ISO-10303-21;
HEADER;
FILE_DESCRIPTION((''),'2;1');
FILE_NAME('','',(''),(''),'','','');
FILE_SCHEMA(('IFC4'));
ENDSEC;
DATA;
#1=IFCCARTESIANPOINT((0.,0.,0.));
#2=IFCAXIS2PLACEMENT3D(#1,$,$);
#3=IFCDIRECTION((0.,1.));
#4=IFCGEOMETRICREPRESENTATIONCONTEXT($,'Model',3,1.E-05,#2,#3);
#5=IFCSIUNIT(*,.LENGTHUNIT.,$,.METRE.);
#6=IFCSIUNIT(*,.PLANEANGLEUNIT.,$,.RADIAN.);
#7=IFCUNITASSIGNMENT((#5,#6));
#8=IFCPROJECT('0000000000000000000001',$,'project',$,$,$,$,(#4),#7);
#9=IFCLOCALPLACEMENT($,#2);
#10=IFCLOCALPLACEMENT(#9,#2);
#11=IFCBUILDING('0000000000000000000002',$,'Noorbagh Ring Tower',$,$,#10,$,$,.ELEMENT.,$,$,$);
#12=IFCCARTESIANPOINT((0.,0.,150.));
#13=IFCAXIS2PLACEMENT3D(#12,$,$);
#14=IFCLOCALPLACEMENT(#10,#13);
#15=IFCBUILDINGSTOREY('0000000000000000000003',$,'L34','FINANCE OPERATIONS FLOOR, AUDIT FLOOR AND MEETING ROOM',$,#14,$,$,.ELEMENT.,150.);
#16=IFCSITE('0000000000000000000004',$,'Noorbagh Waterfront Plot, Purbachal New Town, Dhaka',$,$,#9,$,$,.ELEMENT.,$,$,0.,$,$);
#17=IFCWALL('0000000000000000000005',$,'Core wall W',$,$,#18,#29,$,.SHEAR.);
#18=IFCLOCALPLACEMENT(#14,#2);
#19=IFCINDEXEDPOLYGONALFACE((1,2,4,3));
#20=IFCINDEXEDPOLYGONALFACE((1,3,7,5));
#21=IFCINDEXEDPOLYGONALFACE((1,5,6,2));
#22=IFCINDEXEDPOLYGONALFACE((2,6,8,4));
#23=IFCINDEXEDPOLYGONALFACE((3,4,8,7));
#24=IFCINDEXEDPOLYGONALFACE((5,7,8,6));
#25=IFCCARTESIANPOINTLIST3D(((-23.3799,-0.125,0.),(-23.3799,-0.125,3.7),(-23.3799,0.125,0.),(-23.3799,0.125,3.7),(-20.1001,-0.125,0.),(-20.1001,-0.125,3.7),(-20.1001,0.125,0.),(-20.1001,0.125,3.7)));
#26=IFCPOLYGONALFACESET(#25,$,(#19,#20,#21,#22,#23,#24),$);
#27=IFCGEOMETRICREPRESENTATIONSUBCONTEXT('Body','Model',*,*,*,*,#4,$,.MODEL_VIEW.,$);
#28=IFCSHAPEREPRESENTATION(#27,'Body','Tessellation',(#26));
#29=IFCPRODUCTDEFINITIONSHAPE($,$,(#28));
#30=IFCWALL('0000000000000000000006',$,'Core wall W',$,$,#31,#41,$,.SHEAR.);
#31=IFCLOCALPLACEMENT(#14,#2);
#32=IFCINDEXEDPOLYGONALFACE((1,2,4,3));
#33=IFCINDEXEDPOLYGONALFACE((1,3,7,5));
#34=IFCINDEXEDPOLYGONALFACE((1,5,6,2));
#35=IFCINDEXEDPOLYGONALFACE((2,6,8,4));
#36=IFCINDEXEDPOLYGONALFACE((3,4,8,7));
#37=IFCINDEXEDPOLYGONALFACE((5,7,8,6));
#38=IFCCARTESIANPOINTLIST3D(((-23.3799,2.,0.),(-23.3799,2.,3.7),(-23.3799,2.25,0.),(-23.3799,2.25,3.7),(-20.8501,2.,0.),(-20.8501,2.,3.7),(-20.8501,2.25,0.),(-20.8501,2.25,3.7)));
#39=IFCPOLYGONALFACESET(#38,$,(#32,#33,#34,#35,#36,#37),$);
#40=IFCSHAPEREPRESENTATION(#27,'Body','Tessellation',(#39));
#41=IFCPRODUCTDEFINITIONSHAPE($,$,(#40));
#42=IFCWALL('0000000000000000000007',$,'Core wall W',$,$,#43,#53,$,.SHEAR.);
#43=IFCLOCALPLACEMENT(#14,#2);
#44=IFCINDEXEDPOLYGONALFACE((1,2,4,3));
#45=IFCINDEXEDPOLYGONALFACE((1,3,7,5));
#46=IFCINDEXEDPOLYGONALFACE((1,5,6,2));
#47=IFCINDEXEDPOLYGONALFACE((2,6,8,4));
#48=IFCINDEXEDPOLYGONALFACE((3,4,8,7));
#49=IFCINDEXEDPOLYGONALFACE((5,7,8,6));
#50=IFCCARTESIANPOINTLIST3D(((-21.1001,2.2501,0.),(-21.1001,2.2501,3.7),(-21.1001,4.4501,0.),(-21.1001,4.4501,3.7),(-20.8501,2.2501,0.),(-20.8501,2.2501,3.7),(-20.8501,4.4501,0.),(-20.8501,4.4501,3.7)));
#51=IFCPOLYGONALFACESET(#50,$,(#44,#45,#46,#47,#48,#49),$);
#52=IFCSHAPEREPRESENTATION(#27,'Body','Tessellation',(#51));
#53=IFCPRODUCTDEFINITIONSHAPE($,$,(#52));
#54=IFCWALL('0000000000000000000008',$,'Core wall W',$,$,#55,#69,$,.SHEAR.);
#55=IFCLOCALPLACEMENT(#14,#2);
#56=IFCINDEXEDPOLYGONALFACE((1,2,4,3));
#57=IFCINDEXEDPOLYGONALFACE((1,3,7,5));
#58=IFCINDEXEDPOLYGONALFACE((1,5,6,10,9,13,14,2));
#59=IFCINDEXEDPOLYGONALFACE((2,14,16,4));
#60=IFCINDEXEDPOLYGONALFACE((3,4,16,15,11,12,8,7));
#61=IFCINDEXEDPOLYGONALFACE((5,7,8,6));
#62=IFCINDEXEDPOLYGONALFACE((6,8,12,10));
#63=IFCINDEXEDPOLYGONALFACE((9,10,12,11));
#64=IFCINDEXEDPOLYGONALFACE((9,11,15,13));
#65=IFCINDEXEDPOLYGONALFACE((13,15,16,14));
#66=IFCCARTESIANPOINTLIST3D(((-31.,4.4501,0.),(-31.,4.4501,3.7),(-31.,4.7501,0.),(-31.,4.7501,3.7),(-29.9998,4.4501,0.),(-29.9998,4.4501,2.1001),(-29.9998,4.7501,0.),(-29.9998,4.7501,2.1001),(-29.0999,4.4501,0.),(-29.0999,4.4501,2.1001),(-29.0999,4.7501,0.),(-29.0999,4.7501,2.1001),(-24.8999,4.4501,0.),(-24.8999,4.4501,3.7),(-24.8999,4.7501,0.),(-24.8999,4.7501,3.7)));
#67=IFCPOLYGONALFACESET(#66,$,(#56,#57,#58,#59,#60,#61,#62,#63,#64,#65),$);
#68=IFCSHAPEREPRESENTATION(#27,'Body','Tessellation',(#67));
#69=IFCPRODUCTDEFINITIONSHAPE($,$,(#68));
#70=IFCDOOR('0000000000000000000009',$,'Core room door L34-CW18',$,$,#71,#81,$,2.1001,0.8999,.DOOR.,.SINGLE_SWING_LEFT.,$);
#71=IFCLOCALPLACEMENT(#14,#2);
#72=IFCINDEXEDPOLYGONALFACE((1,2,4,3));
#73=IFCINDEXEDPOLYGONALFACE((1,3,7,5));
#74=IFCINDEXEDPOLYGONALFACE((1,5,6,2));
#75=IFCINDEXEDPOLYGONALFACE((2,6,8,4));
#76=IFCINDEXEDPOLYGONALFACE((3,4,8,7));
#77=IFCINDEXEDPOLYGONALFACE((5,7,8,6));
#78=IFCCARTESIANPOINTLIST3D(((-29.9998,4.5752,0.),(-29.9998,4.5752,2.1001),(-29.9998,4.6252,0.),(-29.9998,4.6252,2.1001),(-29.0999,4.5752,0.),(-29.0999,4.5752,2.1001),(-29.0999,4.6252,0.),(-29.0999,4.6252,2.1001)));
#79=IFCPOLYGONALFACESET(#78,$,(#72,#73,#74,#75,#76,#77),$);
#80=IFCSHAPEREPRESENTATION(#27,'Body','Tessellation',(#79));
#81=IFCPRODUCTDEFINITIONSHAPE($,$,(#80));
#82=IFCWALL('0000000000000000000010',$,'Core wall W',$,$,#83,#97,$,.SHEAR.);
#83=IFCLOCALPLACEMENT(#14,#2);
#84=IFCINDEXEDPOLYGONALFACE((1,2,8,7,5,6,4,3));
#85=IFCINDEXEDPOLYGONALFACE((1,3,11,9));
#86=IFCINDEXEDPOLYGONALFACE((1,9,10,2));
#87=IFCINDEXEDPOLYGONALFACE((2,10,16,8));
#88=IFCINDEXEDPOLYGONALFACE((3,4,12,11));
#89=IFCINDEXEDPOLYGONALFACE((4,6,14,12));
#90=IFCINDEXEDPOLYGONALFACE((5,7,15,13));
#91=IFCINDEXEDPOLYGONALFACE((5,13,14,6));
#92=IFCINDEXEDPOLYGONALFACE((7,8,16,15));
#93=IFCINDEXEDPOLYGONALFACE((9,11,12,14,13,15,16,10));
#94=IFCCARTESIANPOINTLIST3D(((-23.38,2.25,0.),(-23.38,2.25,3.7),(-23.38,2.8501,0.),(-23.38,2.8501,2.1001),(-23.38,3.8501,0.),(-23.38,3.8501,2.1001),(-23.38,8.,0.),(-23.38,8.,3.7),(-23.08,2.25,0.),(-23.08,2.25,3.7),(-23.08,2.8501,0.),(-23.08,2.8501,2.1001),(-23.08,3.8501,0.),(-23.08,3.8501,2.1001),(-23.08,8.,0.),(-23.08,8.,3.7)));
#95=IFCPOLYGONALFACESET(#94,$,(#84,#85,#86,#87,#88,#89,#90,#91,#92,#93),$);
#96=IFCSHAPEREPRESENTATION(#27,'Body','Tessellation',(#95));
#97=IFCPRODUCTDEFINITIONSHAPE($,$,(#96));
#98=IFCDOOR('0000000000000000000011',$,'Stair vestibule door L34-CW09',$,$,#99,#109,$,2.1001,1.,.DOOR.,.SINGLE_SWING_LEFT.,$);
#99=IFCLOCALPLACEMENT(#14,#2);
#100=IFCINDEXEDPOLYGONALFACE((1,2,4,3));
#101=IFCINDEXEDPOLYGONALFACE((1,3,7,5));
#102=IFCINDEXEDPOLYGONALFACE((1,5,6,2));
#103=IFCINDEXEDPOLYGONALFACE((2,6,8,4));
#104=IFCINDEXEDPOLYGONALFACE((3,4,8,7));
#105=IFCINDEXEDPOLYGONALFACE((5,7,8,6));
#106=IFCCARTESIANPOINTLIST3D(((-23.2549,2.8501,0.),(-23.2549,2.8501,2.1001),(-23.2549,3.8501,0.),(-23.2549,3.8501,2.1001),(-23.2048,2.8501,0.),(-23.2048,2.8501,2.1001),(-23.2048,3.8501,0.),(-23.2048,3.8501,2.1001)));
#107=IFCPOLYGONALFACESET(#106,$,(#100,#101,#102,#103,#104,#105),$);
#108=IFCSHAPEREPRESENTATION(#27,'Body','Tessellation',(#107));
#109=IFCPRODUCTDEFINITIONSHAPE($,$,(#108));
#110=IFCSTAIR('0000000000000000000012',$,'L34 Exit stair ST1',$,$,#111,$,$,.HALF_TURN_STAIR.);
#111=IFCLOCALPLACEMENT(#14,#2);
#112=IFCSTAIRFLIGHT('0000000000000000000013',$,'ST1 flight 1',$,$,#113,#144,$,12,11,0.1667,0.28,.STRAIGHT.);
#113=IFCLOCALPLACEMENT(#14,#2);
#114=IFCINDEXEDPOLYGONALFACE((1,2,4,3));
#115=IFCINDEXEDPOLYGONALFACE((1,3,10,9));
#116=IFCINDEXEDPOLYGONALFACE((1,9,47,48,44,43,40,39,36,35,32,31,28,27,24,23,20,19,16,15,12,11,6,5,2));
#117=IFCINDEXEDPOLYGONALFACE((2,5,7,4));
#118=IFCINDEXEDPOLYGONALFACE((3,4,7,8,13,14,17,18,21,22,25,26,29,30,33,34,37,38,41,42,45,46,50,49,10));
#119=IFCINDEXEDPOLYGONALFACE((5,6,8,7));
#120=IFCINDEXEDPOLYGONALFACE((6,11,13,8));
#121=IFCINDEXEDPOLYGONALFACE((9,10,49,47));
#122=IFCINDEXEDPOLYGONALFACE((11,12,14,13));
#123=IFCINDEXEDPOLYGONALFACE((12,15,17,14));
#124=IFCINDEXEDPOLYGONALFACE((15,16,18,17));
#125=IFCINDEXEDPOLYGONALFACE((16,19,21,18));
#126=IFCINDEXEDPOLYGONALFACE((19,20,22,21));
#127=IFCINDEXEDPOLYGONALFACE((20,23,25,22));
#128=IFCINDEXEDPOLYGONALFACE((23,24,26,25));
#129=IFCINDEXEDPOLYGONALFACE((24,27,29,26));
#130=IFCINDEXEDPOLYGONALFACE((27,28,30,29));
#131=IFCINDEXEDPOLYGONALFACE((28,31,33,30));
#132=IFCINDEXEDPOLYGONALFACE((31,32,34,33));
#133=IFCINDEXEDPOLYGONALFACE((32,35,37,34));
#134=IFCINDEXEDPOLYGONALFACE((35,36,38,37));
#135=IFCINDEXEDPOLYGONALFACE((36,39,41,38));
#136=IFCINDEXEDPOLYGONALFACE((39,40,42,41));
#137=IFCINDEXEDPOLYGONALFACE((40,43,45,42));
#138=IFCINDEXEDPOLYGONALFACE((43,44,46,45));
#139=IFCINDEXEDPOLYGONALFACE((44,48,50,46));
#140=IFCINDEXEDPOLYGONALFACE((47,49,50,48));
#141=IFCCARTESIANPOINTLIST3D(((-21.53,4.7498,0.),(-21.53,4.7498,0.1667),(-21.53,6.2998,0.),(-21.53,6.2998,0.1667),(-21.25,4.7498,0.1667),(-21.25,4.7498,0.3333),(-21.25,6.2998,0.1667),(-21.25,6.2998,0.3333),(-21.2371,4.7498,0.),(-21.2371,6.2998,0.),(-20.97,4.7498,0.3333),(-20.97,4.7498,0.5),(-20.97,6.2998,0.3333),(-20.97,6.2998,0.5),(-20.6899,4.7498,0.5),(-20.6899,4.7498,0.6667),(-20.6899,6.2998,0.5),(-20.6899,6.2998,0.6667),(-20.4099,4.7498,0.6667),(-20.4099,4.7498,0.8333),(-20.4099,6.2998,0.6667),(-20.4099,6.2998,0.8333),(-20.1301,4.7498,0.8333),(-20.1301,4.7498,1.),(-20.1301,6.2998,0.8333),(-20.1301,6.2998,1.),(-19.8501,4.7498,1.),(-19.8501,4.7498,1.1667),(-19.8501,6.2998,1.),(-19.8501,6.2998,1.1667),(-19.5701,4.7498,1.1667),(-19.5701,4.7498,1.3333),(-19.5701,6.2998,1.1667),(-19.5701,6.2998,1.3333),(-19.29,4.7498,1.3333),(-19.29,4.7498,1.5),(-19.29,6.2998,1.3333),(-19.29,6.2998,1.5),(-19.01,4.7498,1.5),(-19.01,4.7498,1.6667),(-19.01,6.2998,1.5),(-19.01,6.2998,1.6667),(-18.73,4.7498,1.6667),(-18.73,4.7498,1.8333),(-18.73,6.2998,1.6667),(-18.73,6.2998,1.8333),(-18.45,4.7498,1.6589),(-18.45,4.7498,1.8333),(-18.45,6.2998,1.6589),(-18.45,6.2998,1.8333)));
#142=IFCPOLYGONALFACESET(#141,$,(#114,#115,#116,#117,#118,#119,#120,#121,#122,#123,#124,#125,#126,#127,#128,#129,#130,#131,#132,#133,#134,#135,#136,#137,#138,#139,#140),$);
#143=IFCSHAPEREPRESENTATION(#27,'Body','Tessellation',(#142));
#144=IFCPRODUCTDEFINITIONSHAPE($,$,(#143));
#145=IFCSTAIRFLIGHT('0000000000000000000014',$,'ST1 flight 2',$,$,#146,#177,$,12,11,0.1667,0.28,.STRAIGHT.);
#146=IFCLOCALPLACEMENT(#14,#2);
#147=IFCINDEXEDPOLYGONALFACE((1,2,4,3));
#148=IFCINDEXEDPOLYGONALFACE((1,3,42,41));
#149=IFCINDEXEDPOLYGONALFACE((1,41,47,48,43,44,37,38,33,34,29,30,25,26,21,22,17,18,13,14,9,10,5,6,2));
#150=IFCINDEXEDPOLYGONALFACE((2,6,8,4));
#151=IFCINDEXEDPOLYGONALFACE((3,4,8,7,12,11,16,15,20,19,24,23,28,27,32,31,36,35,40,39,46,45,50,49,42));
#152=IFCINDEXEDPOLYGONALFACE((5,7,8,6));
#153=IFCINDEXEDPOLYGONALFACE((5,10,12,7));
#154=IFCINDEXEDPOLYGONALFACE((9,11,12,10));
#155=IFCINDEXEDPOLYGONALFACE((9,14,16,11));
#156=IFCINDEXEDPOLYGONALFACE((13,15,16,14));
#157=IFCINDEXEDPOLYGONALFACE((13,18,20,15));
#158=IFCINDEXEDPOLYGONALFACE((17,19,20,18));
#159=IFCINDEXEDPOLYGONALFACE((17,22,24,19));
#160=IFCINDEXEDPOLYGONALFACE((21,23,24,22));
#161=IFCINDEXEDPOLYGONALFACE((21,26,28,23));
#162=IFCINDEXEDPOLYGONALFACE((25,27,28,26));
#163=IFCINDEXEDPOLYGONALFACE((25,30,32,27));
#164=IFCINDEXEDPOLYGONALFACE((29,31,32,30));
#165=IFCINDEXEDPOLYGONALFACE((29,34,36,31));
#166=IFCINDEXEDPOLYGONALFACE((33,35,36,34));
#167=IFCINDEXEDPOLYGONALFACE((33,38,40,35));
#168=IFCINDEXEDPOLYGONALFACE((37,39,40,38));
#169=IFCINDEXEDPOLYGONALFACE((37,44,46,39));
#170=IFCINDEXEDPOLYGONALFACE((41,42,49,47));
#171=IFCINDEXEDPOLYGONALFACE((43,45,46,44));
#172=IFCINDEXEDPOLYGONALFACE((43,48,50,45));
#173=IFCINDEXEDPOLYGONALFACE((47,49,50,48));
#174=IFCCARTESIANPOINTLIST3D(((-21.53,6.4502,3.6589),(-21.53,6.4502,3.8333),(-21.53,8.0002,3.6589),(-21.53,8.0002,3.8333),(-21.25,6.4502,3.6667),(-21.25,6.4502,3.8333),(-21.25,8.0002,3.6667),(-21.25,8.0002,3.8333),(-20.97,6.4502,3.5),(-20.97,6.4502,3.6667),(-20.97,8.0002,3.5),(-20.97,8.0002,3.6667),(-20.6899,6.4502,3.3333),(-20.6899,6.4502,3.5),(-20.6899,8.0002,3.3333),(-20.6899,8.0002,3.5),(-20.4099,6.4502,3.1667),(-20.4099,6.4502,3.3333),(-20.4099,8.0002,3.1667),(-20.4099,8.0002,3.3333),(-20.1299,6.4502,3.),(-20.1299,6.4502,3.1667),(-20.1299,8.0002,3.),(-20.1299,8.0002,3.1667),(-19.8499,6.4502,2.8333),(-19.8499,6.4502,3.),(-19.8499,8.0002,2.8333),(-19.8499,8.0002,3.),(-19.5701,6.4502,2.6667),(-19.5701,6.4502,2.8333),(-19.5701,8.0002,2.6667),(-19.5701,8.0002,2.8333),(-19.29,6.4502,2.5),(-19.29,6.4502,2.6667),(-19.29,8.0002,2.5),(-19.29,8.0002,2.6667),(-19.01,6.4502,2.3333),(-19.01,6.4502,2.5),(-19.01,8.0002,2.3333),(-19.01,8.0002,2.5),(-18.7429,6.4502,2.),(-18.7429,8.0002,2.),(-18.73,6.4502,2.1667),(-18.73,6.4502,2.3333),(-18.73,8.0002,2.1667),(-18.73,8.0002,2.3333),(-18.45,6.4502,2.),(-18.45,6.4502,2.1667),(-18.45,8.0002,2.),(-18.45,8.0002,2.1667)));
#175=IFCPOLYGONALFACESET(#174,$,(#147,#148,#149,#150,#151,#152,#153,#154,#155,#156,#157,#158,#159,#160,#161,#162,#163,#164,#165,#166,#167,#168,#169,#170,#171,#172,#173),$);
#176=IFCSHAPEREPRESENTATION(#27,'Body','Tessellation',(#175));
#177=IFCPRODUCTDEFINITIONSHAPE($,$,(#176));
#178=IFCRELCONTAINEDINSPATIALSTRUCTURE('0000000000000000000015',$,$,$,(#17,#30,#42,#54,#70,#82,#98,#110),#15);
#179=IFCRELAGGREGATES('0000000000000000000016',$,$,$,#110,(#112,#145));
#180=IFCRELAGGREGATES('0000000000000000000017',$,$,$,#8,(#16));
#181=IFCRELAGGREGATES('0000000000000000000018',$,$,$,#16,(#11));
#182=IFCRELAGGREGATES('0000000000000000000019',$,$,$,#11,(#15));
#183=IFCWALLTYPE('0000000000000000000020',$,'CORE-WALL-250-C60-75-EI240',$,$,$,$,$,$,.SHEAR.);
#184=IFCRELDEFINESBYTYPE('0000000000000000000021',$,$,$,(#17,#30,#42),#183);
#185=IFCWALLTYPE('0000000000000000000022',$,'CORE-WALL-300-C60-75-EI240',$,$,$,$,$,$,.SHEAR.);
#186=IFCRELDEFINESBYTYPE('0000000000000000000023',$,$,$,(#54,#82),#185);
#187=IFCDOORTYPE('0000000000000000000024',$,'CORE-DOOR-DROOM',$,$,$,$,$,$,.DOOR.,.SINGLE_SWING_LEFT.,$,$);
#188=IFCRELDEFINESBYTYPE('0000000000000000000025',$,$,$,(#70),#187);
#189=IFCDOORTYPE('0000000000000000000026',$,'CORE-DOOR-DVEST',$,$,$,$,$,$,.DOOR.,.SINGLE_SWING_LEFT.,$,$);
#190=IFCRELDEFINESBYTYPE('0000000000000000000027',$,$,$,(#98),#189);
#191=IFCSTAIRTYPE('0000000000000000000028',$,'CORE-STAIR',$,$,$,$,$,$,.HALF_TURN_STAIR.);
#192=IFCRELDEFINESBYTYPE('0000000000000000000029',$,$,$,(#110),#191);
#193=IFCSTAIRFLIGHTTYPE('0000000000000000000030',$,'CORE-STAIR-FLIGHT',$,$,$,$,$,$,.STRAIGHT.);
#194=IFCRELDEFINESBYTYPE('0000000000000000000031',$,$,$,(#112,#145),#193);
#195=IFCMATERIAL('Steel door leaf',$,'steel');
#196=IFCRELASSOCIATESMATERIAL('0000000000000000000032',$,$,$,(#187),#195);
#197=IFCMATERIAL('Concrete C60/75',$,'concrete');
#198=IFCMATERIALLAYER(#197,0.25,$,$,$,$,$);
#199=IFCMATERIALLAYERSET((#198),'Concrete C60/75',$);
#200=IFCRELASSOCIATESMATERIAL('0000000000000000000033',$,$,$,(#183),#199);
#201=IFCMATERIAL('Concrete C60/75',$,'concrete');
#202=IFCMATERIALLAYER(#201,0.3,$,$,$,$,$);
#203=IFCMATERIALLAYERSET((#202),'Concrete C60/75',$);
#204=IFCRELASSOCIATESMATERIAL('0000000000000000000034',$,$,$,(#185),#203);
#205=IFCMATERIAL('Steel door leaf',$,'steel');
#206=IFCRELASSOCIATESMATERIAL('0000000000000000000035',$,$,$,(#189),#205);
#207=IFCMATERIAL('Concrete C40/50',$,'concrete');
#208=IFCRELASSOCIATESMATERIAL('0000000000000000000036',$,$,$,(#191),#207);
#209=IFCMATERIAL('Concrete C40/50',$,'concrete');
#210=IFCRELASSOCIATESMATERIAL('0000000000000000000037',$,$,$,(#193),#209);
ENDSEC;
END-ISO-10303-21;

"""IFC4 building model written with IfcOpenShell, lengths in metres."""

from ifc_helpers import new_model, si_unit, direction, frame, frame_2d, origin, place, context, subcontext, project, spatial, polyline, rectangle, outline, extrude, material, layer, layer_set, type_object, element, fill, aggregate, save


model = new_model("IFC4")

# Units and contexts
model_context = context("Model", 3, precision=1e-05, world=origin(), true_north=direction((0.0, 1.0)))
body_context = subcontext(model_context, "Body", "Model", "MODEL_VIEW")
ifc_project = project(units=[si_unit("LENGTHUNIT", "METRE"), si_unit("PLANEANGLEUNIT", "RADIAN")], contexts=[model_context])

# Site, building, storey
site_placement = place(None, origin())
site = spatial("IfcSite", under=ifc_project, at=site_placement, Name="Noorbagh Waterfront Plot, Purbachal New Town, Dhaka", CompositionType="ELEMENT", RefElevation=0.0)
building_placement = place(site_placement, origin())
building = spatial("IfcBuilding", under=site, at=building_placement, Name="Noorbagh Ring Tower", CompositionType="ELEMENT")
storey_placement = place(building_placement, frame((0.0, 0.0, 150.0)))
storey = spatial("IfcBuildingStorey", under=building, at=storey_placement, Name="L34", Description="FINANCE OPERATIONS FLOOR, AUDIT FLOOR AND MEETING ROOM", CompositionType="ELEMENT", Elevation=150.0)

# Shared definitions
ifc_material_1 = material(Name="Steel door leaf", Category="steel")
door_type_1 = type_object("IfcDoorType", Name="CORE-DOOR-DROOM", OperationType="SINGLE_SWING_LEFT", PredefinedType="DOOR", material=ifc_material_1)

# Walls
ifc_material_2 = material(Name="Concrete C60/75", Category="concrete")
ifc_layer_1 = layer(ifc_material_2, 0.25)
ifc_layer_set_1 = layer_set([ifc_layer_1], Name="Concrete C60/75")
wall_type_1 = type_object("IfcWallType", Name="CORE-WALL-250-C60-75-EI240", PredefinedType="SHEAR", material=ifc_layer_set_1)
wall_1_placement = place(storey_placement, frame((-20.1001, 0.0, 0.0), z_axis=(0.0, 0.0, 1.0), x_axis=(-1.0, 0.0, 0.0)))
element("IfcWall", 1, at=wall_1_placement, inside=storey, type_object=wall_type_1, Name="Core wall W", PredefinedType="SHEAR", context=body_context, shape_type="SweptSolid", body=[
    extrude(rectangle(XDim=3.2798, YDim=0.25, at=frame_2d((1.6399, 0.0))), origin(), (0.0, 0.0, 1.0), 3.7),
])
wall_2_placement = place(storey_placement, frame((-20.8501, 2.125, 0.0), z_axis=(0.0, 0.0, 1.0), x_axis=(-1.0, 0.0, 0.0)))
element("IfcWall", 2, at=wall_2_placement, inside=storey, type_object=wall_type_1, Name="Core wall W", PredefinedType="SHEAR", context=body_context, shape_type="SweptSolid", body=[
    extrude(rectangle(XDim=2.5298, YDim=0.25, at=frame_2d((1.2649, 0.0))), origin(), (0.0, 0.0, 1.0), 3.7),
])
wall_3_placement = place(storey_placement, frame((-20.9751, 2.25, 0.0), z_axis=(0.0, 0.0, 1.0), x_axis=(0.0, 1.0, 0.0)))
element("IfcWall", 3, at=wall_3_placement, inside=storey, type_object=wall_type_1, Name="Core wall W", PredefinedType="SHEAR", context=body_context, shape_type="SweptSolid", body=[
    extrude(rectangle(XDim=2.2, YDim=0.25, at=frame_2d((1.1001, 0.0))), origin(), (0.0, 0.0, 1.0), 3.7),
])

# Walls, openings, doors
ifc_material_3 = material(Name="Concrete C60/75", Category="concrete")
ifc_layer_2 = layer(ifc_material_3, 0.3)
ifc_layer_set_2 = layer_set([ifc_layer_2], Name="Concrete C60/75")
wall_type_2 = type_object("IfcWallType", Name="CORE-WALL-300-C60-75-EI240", PredefinedType="SHEAR", material=ifc_layer_set_2)
wall_4_placement = place(storey_placement, frame((-24.8999, 4.6001, 0.0), z_axis=(0.0, 0.0, 1.0), x_axis=(-1.0, 0.0, 0.0)))
wall_4 = element("IfcWall", 4, at=wall_4_placement, inside=storey, type_object=wall_type_2, Name="Core wall W", PredefinedType="SHEAR", context=body_context, shape_type="SweptSolid", body=[
    extrude(rectangle(XDim=6.1001, YDim=0.3, at=frame_2d((3.05, 0.0))), origin(), (0.0, 0.0, 1.0), 3.7),
])
opening_1_placement = place(wall_4_placement, frame((4.2, 0.0, 0.0)))
opening_1 = element("IfcOpeningElement", 5, at=opening_1_placement, cuts=wall_4, PredefinedType="OPENING", context=body_context, shape_type="SweptSolid", body=[
    extrude(rectangle(XDim=0.8999, YDim=2.1001, at=frame_2d((0.45, 1.05))), frame((0.0, 0.1602, 0.0), z_axis=(0.0, -1.0, 0.0), x_axis=(1.0, 0.0, 0.0)), (0.0, 0.0, 1.0), 0.3201),
])
door_1_placement = place(opening_1_placement, origin())
door_1 = element("IfcDoor", 6, at=door_1_placement, inside=storey, type_object=door_type_1, Name="Core room door L34-CW18", OperationType="SINGLE_SWING_LEFT", OverallHeight=2.1001, OverallWidth=0.8999, PredefinedType="DOOR", context=body_context, shape_type="SweptSolid", body=[
    extrude(rectangle(XDim=0.8999, YDim=2.1001, at=frame_2d((0.45, 1.05))), frame((0.0, 0.0249, 0.0), z_axis=(0.0, -1.0, 0.0), x_axis=(1.0, 0.0, 0.0)), (0.0, 0.0, 1.0), 0.05),
])
fill(opening_1, door_1)
wall_5_placement = place(storey_placement, frame((-23.23, 2.25, 0.0), z_axis=(0.0, 0.0, 1.0), x_axis=(0.0, 1.0, 0.0)))
wall_5 = element("IfcWall", 7, at=wall_5_placement, inside=storey, type_object=wall_type_2, Name="Core wall W", PredefinedType="SHEAR", context=body_context, shape_type="SweptSolid", body=[
    extrude(rectangle(XDim=5.75, YDim=0.3, at=frame_2d((2.875, 0.0))), origin(), (0.0, 0.0, 1.0), 3.7),
])
opening_2_placement = place(wall_5_placement, frame((0.6001, 0.0, 0.0)))
opening_2 = element("IfcOpeningElement", 8, at=opening_2_placement, cuts=wall_5, PredefinedType="OPENING", context=body_context, shape_type="SweptSolid", body=[
    extrude(rectangle(XDim=1.0, YDim=2.1001, at=frame_2d((0.5, 1.05))), frame((0.0, 0.1602, 0.0), z_axis=(0.0, -1.0, 0.0), x_axis=(1.0, 0.0, 0.0)), (0.0, 0.0, 1.0), 0.3201),
])
ifc_material_4 = material(Name="Steel door leaf", Category="steel")
door_type_2 = type_object("IfcDoorType", Name="CORE-DOOR-DVEST", OperationType="SINGLE_SWING_LEFT", PredefinedType="DOOR", material=ifc_material_4)
door_2_placement = place(opening_2_placement, origin())
door_2 = element("IfcDoor", 9, at=door_2_placement, inside=storey, type_object=door_type_2, Name="Stair vestibule door L34-CW09", OperationType="SINGLE_SWING_LEFT", OverallHeight=2.1001, OverallWidth=1.0, PredefinedType="DOOR", context=body_context, shape_type="SweptSolid", body=[
    extrude(rectangle(XDim=1.0, YDim=2.1001, at=frame_2d((0.5, 1.05))), frame((0.0, 0.0249, 0.0), z_axis=(0.0, -1.0, 0.0), x_axis=(1.0, 0.0, 0.0)), (0.0, 0.0, 1.0), 0.05),
])
fill(opening_2, door_2)

# Stair, stair flights
ifc_material_5 = material(Name="Concrete C40/50", Category="concrete")
stair_type = type_object("IfcStairType", Name="CORE-STAIR", PredefinedType="HALF_TURN_STAIR", material=ifc_material_5)
stair_placement = place(storey_placement, origin())
stair = element("IfcStair", 10, at=stair_placement, inside=storey, type_object=stair_type, Name="L34 Exit stair ST1", PredefinedType="HALF_TURN_STAIR")
ifc_material_6 = material(Name="Concrete C40/50", Category="concrete")
stair_flight_type = type_object("IfcStairFlightType", Name="CORE-STAIR-FLIGHT", PredefinedType="STRAIGHT", material=ifc_material_6)
stair_flight_1_placement = place(storey_placement, frame((-21.53, 5.5249, 0.0), z_axis=(0.0, 0.0, 1.0), x_axis=(1.0, 0.0, 0.0)))
stair_flight_1 = element("IfcStairFlight", 11, at=stair_flight_1_placement, type_object=stair_flight_type, Name="ST1 flight 1", NumberOfRisers=12, NumberOfTreads=11, PredefinedType="STRAIGHT", RiserHeight=0.1667, TreadLength=0.28, context=body_context, shape_type="SweptSolid", body=[
    extrude(outline(polyline([(0.0, 0.0), (0.0, 0.1667), (0.28, 0.1667), (0.28, 0.3333), (0.5601, 0.3333), (0.5601, 0.5), (0.8401, 0.5), (0.8401, 0.6667), (1.1201, 0.6667), (1.1201, 0.8333), (1.3999, 0.8333), (1.3999, 1.0), (1.6799, 1.0), (1.6799, 1.1667), (1.96, 1.1667), (1.96, 1.3333), (2.24, 1.3333), (2.24, 1.5), (2.52, 1.5), (2.52, 1.6667), (2.8, 1.6667), (2.8, 1.8333), (3.0801, 1.8333), (3.0801, 2.0), (3.0801, 1.6589), (0.293, 0.0), (0.0, 0.0)])), frame((0.0, 0.7749, 0.0), z_axis=(0.0, -1.0, 0.0), x_axis=(1.0, 0.0, 0.0)), (0.0, 0.0, 1.0), 1.55),
])
stair_flight_2_placement = place(storey_placement, frame((-18.45, 7.2251, 2.0), z_axis=(0.0, 0.0, 1.0), x_axis=(-1.0, 0.0, 0.0)))
stair_flight_2 = element("IfcStairFlight", 12, at=stair_flight_2_placement, type_object=stair_flight_type, Name="ST1 flight 2", NumberOfRisers=12, NumberOfTreads=11, PredefinedType="STRAIGHT", RiserHeight=0.1667, TreadLength=0.28, context=body_context, shape_type="SweptSolid", body=[
    extrude(outline(polyline([(0.0, 0.0), (0.0, 0.1667), (0.28, 0.1667), (0.28, 0.3333), (0.5601, 0.3333), (0.5601, 0.5), (0.8401, 0.5), (0.8401, 0.6667), (1.1201, 0.6667), (1.1201, 0.8333), (1.3999, 0.8333), (1.3999, 1.0), (1.6799, 1.0), (1.6799, 1.1667), (1.96, 1.1667), (1.96, 1.3333), (2.24, 1.3333), (2.24, 1.5), (2.52, 1.5), (2.52, 1.6667), (2.8, 1.6667), (2.8, 1.8333), (3.0801, 1.8333), (3.0801, 2.0), (3.0801, 1.6589), (0.293, 0.0), (0.0, 0.0)])), frame((0.0, 0.7749, 0.0), z_axis=(0.0, -1.0, 0.0), x_axis=(1.0, 0.0, 0.0)), (0.0, 0.0, 1.0), 1.55),
])
aggregate(stair, [stair_flight_1, stair_flight_2])

save(model, "model.ifc")
